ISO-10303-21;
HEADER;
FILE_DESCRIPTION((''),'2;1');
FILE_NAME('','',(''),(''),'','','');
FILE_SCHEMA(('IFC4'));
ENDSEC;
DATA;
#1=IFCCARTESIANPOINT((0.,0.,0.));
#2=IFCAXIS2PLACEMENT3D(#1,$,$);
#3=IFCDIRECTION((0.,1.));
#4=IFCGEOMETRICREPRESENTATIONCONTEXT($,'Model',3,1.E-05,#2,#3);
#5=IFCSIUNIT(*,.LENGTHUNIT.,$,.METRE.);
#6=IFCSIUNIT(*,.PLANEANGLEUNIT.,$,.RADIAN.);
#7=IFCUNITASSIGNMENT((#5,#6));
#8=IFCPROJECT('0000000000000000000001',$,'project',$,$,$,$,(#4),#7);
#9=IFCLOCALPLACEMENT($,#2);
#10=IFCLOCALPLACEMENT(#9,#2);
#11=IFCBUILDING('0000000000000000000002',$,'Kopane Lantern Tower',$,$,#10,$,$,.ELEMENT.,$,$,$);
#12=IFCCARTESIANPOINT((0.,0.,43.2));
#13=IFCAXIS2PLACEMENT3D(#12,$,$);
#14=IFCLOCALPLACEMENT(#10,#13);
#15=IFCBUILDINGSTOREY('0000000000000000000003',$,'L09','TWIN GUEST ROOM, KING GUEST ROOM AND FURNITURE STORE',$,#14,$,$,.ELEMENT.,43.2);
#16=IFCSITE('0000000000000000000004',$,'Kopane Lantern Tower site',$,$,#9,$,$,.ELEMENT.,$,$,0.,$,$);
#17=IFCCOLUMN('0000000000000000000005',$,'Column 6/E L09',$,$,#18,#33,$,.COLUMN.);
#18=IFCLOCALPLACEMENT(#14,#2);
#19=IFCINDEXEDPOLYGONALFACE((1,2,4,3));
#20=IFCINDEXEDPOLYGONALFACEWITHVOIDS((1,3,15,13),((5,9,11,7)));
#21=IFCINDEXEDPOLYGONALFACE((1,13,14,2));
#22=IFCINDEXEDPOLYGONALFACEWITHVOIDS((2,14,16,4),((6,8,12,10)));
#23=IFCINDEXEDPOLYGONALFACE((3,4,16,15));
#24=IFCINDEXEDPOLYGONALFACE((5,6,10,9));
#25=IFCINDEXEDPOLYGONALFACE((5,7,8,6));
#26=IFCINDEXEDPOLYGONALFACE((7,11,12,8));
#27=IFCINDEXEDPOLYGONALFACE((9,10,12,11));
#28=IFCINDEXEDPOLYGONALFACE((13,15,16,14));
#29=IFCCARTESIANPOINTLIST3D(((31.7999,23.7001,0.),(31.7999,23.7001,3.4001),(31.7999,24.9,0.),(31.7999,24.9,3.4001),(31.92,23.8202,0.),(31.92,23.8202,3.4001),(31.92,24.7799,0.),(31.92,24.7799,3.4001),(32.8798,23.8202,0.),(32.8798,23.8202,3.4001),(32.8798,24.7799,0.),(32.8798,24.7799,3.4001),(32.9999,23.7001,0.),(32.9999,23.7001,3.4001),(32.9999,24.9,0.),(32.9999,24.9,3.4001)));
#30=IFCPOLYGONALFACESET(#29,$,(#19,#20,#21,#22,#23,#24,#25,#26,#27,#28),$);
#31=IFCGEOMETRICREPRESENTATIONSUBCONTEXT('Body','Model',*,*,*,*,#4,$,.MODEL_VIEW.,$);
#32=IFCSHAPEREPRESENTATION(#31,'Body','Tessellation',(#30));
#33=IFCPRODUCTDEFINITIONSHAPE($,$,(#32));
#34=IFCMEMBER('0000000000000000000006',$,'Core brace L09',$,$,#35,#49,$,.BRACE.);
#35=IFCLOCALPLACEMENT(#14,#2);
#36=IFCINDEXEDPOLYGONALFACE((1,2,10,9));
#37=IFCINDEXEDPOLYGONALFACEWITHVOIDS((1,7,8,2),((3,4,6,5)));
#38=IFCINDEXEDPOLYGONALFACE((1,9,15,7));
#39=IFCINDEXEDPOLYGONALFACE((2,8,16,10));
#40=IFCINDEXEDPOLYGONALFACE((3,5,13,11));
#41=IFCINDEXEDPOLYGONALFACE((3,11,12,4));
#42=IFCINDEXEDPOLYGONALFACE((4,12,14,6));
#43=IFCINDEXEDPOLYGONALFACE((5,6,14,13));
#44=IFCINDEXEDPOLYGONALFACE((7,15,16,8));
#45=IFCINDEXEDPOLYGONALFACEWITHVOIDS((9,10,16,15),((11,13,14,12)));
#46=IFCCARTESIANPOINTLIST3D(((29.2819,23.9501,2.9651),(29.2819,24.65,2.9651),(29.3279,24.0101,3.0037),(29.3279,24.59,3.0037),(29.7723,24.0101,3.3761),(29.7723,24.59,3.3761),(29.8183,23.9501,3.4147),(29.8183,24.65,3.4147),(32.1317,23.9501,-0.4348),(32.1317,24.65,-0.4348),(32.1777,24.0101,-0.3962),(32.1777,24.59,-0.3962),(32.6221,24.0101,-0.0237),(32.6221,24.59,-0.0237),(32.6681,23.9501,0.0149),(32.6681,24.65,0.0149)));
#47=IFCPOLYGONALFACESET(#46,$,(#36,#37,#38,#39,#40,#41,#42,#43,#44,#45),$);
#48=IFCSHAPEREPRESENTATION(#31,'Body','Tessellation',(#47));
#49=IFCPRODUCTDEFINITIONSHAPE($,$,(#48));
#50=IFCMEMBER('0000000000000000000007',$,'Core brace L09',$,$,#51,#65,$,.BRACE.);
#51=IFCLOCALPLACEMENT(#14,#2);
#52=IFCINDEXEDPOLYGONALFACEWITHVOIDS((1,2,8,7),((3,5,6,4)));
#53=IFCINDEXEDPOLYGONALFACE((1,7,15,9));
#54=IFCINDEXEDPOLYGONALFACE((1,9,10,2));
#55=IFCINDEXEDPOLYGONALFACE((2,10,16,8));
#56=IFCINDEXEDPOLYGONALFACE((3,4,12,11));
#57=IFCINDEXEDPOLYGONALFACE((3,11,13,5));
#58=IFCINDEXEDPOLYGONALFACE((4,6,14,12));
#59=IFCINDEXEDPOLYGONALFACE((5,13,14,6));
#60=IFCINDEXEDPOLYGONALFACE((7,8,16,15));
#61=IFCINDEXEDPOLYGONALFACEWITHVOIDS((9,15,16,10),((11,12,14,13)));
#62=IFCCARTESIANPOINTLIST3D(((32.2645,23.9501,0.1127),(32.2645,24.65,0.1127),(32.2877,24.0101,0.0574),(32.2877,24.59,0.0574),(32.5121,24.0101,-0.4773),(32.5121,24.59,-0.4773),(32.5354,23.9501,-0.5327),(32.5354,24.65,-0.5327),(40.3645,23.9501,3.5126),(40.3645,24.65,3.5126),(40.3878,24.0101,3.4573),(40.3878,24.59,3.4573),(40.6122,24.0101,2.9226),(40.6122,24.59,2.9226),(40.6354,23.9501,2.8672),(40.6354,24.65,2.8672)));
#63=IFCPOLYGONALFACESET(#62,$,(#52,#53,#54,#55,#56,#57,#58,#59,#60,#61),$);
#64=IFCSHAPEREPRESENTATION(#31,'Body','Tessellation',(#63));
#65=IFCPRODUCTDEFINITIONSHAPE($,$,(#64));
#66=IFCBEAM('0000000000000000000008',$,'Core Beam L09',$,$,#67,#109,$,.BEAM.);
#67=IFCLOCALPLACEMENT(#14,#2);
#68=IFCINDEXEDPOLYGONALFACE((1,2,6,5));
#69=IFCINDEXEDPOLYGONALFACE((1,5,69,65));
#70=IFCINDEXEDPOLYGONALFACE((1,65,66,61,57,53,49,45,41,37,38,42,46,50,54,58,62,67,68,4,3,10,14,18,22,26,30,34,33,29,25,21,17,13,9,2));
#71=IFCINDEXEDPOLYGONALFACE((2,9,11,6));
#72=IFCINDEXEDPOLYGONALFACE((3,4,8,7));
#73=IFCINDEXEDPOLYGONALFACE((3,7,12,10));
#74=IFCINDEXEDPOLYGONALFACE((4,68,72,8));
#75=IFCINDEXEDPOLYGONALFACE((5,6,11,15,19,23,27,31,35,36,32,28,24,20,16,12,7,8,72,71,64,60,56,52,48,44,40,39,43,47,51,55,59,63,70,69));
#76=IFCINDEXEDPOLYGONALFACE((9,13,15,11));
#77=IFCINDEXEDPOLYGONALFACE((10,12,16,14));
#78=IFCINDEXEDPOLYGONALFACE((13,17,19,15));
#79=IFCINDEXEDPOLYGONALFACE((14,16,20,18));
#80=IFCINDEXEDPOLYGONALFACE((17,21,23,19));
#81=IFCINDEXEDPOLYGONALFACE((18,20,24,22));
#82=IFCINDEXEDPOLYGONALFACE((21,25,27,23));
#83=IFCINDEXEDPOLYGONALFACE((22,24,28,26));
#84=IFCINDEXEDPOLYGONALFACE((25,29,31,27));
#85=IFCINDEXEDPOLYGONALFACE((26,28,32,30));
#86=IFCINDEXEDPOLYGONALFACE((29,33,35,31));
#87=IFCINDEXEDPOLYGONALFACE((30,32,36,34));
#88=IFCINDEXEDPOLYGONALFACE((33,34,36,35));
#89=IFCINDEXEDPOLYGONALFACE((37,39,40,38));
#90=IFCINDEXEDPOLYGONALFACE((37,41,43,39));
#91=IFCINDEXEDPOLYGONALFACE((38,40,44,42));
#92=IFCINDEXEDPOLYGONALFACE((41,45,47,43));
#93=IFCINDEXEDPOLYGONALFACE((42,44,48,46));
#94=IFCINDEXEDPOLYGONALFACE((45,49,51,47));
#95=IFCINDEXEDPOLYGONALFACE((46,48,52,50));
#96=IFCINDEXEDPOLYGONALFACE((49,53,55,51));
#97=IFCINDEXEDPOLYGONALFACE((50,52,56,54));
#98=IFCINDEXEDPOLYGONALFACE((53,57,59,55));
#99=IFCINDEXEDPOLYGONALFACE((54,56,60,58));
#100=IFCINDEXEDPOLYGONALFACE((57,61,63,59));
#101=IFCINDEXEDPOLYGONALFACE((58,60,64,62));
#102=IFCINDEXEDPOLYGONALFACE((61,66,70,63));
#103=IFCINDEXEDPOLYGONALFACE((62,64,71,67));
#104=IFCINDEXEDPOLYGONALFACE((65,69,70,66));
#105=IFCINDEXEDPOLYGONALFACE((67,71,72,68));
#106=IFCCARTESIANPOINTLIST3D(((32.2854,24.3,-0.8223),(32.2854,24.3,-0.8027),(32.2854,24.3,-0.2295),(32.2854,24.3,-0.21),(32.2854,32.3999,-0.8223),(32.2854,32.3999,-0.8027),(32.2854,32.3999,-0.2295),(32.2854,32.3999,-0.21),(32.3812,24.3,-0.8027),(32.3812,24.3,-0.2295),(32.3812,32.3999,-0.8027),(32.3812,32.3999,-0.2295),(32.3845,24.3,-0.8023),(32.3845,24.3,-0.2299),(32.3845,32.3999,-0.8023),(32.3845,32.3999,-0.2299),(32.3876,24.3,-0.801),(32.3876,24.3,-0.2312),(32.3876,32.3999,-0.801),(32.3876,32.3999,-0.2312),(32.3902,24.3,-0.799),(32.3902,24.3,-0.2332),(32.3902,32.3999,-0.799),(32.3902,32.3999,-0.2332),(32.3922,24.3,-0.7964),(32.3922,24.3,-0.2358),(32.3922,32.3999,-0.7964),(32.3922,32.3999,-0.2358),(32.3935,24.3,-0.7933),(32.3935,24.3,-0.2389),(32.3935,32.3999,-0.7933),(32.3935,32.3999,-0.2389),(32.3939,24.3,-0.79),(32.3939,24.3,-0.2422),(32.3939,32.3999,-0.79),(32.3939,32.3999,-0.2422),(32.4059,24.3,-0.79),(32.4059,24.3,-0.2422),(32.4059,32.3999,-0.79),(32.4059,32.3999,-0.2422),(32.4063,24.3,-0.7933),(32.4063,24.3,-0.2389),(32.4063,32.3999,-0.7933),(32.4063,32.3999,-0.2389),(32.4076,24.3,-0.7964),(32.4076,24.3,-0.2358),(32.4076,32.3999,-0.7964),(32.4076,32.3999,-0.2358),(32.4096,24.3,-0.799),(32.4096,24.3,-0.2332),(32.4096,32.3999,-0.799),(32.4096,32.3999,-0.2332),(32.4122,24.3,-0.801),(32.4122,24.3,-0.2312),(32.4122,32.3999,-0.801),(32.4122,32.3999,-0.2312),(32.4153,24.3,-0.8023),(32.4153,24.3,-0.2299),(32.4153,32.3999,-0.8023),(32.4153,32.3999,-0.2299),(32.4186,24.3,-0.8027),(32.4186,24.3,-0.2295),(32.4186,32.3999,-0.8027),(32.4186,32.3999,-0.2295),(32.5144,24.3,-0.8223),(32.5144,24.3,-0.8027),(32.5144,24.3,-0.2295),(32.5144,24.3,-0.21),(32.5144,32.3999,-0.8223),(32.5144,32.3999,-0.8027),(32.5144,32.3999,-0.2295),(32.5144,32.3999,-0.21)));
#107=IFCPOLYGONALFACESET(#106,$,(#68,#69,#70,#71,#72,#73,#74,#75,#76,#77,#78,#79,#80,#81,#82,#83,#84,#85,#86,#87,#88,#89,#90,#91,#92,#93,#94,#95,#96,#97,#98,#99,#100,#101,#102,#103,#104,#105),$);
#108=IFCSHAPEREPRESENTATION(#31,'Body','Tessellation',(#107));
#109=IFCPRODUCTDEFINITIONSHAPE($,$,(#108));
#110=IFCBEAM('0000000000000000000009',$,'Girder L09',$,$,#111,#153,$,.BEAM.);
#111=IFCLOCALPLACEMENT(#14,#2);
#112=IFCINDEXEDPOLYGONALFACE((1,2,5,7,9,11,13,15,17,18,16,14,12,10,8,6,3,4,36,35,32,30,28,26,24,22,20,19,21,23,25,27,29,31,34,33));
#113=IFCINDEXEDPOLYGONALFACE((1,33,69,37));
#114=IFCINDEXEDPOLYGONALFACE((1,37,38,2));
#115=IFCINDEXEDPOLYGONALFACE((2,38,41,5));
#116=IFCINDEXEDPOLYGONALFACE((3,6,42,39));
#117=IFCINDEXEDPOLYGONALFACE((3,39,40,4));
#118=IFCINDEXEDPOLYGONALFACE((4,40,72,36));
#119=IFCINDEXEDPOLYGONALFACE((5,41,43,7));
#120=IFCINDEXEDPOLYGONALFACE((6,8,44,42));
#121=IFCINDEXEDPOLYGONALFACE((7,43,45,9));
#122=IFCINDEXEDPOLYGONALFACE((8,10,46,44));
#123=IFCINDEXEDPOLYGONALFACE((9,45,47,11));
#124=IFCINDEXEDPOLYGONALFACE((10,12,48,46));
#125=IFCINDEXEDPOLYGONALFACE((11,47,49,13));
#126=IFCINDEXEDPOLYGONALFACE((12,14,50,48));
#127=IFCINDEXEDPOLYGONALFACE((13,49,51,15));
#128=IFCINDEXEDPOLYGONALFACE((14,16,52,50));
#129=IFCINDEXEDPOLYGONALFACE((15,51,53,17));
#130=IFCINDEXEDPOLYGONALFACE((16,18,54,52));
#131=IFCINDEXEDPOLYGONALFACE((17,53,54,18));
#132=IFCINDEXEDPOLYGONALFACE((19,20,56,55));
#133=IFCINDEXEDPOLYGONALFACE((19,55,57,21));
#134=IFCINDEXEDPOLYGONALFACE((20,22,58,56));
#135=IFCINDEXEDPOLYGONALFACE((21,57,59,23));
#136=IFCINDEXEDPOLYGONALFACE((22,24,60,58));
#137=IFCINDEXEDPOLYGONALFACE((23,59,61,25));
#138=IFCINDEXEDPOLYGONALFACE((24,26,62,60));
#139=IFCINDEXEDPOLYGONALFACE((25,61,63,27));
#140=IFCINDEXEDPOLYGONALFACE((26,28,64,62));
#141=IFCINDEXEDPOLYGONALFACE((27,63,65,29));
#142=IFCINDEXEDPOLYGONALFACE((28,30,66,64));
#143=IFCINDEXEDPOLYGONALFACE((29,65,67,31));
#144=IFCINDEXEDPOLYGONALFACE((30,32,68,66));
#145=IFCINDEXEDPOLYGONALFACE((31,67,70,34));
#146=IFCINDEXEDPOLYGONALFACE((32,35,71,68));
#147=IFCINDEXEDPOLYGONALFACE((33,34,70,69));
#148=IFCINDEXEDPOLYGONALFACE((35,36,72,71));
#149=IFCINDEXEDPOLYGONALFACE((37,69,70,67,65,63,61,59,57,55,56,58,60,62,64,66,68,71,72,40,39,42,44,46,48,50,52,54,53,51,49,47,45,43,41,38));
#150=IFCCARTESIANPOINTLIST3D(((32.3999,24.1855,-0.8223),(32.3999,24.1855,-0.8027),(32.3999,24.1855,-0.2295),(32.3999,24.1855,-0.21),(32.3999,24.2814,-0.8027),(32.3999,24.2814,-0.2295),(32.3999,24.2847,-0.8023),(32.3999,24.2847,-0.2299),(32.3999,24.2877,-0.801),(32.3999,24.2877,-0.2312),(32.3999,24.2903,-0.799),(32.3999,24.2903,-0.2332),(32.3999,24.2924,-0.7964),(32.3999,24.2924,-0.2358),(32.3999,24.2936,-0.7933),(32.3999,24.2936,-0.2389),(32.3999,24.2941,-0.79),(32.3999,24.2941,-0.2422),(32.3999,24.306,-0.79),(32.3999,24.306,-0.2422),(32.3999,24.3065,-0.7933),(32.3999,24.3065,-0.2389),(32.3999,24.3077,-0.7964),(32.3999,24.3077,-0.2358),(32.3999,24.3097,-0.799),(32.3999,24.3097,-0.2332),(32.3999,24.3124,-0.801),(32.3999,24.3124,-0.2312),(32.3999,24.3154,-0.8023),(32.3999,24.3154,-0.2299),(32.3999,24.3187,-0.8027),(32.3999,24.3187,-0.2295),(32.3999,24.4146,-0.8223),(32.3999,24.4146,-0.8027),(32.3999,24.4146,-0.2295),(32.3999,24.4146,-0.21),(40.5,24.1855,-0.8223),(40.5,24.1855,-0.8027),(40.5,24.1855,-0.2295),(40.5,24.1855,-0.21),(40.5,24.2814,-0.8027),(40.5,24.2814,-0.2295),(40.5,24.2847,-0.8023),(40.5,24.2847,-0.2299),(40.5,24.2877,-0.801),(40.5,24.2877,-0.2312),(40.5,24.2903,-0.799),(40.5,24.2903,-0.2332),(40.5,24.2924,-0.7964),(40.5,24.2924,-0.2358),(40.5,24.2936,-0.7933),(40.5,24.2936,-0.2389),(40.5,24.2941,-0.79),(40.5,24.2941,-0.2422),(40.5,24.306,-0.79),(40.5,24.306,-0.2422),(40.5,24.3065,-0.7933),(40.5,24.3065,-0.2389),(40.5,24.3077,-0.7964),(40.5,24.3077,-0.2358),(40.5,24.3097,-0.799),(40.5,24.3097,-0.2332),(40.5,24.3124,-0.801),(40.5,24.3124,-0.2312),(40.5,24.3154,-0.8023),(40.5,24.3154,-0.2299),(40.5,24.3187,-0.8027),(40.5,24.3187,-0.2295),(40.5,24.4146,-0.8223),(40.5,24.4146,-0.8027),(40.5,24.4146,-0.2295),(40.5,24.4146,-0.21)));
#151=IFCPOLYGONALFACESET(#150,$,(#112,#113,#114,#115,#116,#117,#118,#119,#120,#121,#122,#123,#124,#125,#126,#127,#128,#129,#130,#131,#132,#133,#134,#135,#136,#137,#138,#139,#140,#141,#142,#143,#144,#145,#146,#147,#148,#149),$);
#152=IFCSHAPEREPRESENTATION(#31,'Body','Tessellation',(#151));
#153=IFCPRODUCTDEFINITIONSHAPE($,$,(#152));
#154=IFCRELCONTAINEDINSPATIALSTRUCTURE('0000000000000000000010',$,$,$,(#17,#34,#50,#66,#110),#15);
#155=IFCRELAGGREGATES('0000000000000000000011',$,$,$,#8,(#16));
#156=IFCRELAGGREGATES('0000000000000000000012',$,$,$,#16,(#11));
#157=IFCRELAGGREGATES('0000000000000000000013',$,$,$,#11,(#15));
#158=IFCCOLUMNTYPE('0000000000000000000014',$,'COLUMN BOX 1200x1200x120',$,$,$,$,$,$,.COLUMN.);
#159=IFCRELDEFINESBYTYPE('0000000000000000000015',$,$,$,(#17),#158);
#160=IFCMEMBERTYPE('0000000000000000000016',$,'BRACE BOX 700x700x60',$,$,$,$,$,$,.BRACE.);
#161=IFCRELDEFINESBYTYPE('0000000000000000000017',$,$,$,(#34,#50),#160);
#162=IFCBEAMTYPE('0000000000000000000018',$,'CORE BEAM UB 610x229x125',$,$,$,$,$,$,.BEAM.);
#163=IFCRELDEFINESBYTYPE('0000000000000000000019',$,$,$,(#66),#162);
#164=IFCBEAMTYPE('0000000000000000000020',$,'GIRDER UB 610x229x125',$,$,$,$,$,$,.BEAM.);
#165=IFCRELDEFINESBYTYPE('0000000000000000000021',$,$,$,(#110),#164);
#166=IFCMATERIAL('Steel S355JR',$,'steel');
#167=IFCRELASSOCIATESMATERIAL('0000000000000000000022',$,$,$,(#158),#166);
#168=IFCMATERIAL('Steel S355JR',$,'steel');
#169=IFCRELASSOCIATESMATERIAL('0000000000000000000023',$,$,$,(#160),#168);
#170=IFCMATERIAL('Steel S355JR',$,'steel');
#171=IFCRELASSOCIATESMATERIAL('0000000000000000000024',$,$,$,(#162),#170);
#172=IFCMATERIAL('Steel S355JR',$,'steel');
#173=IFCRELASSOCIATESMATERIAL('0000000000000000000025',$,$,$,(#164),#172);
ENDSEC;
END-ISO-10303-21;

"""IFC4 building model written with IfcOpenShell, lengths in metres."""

from ifc_helpers import new_model, si_unit, direction, frame, origin, origin_2d, place, context, subcontext, project, spatial, hollow_rectangle, i_section, extrude, material, material_profile, profile_set, type_object, element, save


model = new_model("IFC4")

# Units and contexts
model_context = context("Model", 3, precision=1e-05, world=origin(), true_north=direction((0.0, 1.0)))
body_context = subcontext(model_context, "Body", "Model", "MODEL_VIEW")
ifc_project = project(units=[si_unit("LENGTHUNIT", "METRE"), si_unit("PLANEANGLEUNIT", "RADIAN")], contexts=[model_context])

# Site, building, storey
site_placement = place(None, origin())
site = spatial("IfcSite", under=ifc_project, at=site_placement, Name="Kopane Lantern Tower site", CompositionType="ELEMENT", RefElevation=0.0)
building_placement = place(site_placement, origin())
building = spatial("IfcBuilding", under=site, at=building_placement, Name="Kopane Lantern Tower", CompositionType="ELEMENT")
storey_placement = place(building_placement, frame((0.0, 0.0, 43.2)))
storey = spatial("IfcBuildingStorey", under=building, at=storey_placement, Name="L09", Description="TWIN GUEST ROOM, KING GUEST ROOM AND FURNITURE STORE", CompositionType="ELEMENT", Elevation=43.2)

# Column
ifc_material_1 = material(Name="Steel S355JR", Category="steel")
ifc_material_profile_1 = material_profile(ifc_material_1, hollow_rectangle(XDim=1.2, YDim=1.2, WallThickness=0.1201, at=origin_2d()), Name="BOX 1200x1200x120")
ifc_profile_set_1 = profile_set([ifc_material_profile_1], Name="Steel S355JR")
column_type = type_object("IfcColumnType", Name="COLUMN BOX 1200x1200x120", PredefinedType="COLUMN", material=ifc_profile_set_1)
column_placement = place(storey_placement, frame((32.3999, 24.3, 0.0), z_axis=(0.0, 0.0, 1.0), x_axis=(1.0, 0.0, 0.0)))
element("IfcColumn", 1, at=column_placement, inside=storey, type_object=column_type, Name="Column 6/E L09", PredefinedType="COLUMN", context=body_context, shape_type="SweptSolid", body=[
    extrude(hollow_rectangle(XDim=1.2, YDim=1.2, WallThickness=0.1201, at=origin_2d()), origin(), (0.0, 0.0, 1.0), 3.4001),
])

# Members
ifc_material_2 = material(Name="Steel S355JR", Category="steel")
ifc_material_profile_2 = material_profile(ifc_material_2, hollow_rectangle(XDim=0.7, YDim=0.7, WallThickness=0.0601, at=origin_2d()), Name="BOX 700x700x60")
ifc_profile_set_2 = profile_set([ifc_material_profile_2], Name="Steel S355JR")
member_type = type_object("IfcMemberType", Name="BRACE BOX 700x700x60", PredefinedType="BRACE", material=ifc_profile_set_2)
member_1_placement = place(storey_placement, frame((32.3999, 24.3, -0.21), z_axis=(-0.64239, 0.0, 0.766378), x_axis=(0.0, -1.0, 0.0)))
element("IfcMember", 2, at=member_1_placement, inside=storey, type_object=member_type, Name="Core brace L09", PredefinedType="BRACE", context=body_context, shape_type="SweptSolid", body=[
    extrude(hollow_rectangle(XDim=0.7, YDim=0.7, WallThickness=0.0601, at=origin_2d()), origin(), (0.0, 0.0, 1.0), 4.4363),
])
member_2_placement = place(storey_placement, frame((32.3999, 24.3, -0.21), z_axis=(0.922069, 0.0, 0.387026), x_axis=(0.0, 1.0, 0.0)))
element("IfcMember", 3, at=member_2_placement, inside=storey, type_object=member_type, Name="Core brace L09", PredefinedType="BRACE", context=body_context, shape_type="SweptSolid", body=[
    extrude(hollow_rectangle(XDim=0.7, YDim=0.7, WallThickness=0.0601, at=origin_2d()), origin(), (0.0, 0.0, 1.0), 8.7847),
])

# Beams
ifc_material_3 = material(Name="Steel S355JR", Category="steel")
ifc_material_profile_3 = material_profile(ifc_material_3, i_section(OverallWidth=0.229, OverallDepth=0.6123, WebThickness=0.012, FlangeThickness=0.0195, FilletRadius=0.0127, at=origin_2d()), Name="UB 610x229x125")
ifc_profile_set_3 = profile_set([ifc_material_profile_3], Name="Steel S355JR")
beam_type_1 = type_object("IfcBeamType", Name="CORE BEAM UB 610x229x125", PredefinedType="BEAM", material=ifc_profile_set_3)
beam_1_placement = place(storey_placement, frame((32.3999, 24.3, -0.5161), z_axis=(0.0, 1.0, 0.0), x_axis=(-1.0, 0.0, 0.0)))
element("IfcBeam", 4, at=beam_1_placement, inside=storey, type_object=beam_type_1, Name="Core Beam L09", PredefinedType="BEAM", context=body_context, shape_type="SweptSolid", body=[
    extrude(i_section(OverallWidth=0.229, OverallDepth=0.6123, WebThickness=0.012, FlangeThickness=0.0195, FilletRadius=0.0127, at=origin_2d()), origin(), (0.0, 0.0, 1.0), 8.0999),
])
ifc_material_4 = material(Name="Steel S355JR", Category="steel")
ifc_material_profile_4 = material_profile(ifc_material_4, i_section(OverallWidth=0.229, OverallDepth=0.6123, WebThickness=0.012, FlangeThickness=0.0195, FilletRadius=0.0127, at=origin_2d()), Name="UB 610x229x125")
ifc_profile_set_4 = profile_set([ifc_material_profile_4], Name="Steel S355JR")
beam_type_2 = type_object("IfcBeamType", Name="GIRDER UB 610x229x125", PredefinedType="BEAM", material=ifc_profile_set_4)
beam_2_placement = place(storey_placement, frame((32.3999, 24.3, -0.5161), z_axis=(1.0, 0.0, 0.0), x_axis=(0.0, 1.0, 0.0)))
element("IfcBeam", 5, at=beam_2_placement, inside=storey, type_object=beam_type_2, Name="Girder L09", PredefinedType="BEAM", context=body_context, shape_type="SweptSolid", body=[
    extrude(i_section(OverallWidth=0.229, OverallDepth=0.6123, WebThickness=0.012, FlangeThickness=0.0195, FilletRadius=0.0127, at=origin_2d()), origin(), (0.0, 0.0, 1.0), 8.1001),
])

save(model, "model.ifc")
